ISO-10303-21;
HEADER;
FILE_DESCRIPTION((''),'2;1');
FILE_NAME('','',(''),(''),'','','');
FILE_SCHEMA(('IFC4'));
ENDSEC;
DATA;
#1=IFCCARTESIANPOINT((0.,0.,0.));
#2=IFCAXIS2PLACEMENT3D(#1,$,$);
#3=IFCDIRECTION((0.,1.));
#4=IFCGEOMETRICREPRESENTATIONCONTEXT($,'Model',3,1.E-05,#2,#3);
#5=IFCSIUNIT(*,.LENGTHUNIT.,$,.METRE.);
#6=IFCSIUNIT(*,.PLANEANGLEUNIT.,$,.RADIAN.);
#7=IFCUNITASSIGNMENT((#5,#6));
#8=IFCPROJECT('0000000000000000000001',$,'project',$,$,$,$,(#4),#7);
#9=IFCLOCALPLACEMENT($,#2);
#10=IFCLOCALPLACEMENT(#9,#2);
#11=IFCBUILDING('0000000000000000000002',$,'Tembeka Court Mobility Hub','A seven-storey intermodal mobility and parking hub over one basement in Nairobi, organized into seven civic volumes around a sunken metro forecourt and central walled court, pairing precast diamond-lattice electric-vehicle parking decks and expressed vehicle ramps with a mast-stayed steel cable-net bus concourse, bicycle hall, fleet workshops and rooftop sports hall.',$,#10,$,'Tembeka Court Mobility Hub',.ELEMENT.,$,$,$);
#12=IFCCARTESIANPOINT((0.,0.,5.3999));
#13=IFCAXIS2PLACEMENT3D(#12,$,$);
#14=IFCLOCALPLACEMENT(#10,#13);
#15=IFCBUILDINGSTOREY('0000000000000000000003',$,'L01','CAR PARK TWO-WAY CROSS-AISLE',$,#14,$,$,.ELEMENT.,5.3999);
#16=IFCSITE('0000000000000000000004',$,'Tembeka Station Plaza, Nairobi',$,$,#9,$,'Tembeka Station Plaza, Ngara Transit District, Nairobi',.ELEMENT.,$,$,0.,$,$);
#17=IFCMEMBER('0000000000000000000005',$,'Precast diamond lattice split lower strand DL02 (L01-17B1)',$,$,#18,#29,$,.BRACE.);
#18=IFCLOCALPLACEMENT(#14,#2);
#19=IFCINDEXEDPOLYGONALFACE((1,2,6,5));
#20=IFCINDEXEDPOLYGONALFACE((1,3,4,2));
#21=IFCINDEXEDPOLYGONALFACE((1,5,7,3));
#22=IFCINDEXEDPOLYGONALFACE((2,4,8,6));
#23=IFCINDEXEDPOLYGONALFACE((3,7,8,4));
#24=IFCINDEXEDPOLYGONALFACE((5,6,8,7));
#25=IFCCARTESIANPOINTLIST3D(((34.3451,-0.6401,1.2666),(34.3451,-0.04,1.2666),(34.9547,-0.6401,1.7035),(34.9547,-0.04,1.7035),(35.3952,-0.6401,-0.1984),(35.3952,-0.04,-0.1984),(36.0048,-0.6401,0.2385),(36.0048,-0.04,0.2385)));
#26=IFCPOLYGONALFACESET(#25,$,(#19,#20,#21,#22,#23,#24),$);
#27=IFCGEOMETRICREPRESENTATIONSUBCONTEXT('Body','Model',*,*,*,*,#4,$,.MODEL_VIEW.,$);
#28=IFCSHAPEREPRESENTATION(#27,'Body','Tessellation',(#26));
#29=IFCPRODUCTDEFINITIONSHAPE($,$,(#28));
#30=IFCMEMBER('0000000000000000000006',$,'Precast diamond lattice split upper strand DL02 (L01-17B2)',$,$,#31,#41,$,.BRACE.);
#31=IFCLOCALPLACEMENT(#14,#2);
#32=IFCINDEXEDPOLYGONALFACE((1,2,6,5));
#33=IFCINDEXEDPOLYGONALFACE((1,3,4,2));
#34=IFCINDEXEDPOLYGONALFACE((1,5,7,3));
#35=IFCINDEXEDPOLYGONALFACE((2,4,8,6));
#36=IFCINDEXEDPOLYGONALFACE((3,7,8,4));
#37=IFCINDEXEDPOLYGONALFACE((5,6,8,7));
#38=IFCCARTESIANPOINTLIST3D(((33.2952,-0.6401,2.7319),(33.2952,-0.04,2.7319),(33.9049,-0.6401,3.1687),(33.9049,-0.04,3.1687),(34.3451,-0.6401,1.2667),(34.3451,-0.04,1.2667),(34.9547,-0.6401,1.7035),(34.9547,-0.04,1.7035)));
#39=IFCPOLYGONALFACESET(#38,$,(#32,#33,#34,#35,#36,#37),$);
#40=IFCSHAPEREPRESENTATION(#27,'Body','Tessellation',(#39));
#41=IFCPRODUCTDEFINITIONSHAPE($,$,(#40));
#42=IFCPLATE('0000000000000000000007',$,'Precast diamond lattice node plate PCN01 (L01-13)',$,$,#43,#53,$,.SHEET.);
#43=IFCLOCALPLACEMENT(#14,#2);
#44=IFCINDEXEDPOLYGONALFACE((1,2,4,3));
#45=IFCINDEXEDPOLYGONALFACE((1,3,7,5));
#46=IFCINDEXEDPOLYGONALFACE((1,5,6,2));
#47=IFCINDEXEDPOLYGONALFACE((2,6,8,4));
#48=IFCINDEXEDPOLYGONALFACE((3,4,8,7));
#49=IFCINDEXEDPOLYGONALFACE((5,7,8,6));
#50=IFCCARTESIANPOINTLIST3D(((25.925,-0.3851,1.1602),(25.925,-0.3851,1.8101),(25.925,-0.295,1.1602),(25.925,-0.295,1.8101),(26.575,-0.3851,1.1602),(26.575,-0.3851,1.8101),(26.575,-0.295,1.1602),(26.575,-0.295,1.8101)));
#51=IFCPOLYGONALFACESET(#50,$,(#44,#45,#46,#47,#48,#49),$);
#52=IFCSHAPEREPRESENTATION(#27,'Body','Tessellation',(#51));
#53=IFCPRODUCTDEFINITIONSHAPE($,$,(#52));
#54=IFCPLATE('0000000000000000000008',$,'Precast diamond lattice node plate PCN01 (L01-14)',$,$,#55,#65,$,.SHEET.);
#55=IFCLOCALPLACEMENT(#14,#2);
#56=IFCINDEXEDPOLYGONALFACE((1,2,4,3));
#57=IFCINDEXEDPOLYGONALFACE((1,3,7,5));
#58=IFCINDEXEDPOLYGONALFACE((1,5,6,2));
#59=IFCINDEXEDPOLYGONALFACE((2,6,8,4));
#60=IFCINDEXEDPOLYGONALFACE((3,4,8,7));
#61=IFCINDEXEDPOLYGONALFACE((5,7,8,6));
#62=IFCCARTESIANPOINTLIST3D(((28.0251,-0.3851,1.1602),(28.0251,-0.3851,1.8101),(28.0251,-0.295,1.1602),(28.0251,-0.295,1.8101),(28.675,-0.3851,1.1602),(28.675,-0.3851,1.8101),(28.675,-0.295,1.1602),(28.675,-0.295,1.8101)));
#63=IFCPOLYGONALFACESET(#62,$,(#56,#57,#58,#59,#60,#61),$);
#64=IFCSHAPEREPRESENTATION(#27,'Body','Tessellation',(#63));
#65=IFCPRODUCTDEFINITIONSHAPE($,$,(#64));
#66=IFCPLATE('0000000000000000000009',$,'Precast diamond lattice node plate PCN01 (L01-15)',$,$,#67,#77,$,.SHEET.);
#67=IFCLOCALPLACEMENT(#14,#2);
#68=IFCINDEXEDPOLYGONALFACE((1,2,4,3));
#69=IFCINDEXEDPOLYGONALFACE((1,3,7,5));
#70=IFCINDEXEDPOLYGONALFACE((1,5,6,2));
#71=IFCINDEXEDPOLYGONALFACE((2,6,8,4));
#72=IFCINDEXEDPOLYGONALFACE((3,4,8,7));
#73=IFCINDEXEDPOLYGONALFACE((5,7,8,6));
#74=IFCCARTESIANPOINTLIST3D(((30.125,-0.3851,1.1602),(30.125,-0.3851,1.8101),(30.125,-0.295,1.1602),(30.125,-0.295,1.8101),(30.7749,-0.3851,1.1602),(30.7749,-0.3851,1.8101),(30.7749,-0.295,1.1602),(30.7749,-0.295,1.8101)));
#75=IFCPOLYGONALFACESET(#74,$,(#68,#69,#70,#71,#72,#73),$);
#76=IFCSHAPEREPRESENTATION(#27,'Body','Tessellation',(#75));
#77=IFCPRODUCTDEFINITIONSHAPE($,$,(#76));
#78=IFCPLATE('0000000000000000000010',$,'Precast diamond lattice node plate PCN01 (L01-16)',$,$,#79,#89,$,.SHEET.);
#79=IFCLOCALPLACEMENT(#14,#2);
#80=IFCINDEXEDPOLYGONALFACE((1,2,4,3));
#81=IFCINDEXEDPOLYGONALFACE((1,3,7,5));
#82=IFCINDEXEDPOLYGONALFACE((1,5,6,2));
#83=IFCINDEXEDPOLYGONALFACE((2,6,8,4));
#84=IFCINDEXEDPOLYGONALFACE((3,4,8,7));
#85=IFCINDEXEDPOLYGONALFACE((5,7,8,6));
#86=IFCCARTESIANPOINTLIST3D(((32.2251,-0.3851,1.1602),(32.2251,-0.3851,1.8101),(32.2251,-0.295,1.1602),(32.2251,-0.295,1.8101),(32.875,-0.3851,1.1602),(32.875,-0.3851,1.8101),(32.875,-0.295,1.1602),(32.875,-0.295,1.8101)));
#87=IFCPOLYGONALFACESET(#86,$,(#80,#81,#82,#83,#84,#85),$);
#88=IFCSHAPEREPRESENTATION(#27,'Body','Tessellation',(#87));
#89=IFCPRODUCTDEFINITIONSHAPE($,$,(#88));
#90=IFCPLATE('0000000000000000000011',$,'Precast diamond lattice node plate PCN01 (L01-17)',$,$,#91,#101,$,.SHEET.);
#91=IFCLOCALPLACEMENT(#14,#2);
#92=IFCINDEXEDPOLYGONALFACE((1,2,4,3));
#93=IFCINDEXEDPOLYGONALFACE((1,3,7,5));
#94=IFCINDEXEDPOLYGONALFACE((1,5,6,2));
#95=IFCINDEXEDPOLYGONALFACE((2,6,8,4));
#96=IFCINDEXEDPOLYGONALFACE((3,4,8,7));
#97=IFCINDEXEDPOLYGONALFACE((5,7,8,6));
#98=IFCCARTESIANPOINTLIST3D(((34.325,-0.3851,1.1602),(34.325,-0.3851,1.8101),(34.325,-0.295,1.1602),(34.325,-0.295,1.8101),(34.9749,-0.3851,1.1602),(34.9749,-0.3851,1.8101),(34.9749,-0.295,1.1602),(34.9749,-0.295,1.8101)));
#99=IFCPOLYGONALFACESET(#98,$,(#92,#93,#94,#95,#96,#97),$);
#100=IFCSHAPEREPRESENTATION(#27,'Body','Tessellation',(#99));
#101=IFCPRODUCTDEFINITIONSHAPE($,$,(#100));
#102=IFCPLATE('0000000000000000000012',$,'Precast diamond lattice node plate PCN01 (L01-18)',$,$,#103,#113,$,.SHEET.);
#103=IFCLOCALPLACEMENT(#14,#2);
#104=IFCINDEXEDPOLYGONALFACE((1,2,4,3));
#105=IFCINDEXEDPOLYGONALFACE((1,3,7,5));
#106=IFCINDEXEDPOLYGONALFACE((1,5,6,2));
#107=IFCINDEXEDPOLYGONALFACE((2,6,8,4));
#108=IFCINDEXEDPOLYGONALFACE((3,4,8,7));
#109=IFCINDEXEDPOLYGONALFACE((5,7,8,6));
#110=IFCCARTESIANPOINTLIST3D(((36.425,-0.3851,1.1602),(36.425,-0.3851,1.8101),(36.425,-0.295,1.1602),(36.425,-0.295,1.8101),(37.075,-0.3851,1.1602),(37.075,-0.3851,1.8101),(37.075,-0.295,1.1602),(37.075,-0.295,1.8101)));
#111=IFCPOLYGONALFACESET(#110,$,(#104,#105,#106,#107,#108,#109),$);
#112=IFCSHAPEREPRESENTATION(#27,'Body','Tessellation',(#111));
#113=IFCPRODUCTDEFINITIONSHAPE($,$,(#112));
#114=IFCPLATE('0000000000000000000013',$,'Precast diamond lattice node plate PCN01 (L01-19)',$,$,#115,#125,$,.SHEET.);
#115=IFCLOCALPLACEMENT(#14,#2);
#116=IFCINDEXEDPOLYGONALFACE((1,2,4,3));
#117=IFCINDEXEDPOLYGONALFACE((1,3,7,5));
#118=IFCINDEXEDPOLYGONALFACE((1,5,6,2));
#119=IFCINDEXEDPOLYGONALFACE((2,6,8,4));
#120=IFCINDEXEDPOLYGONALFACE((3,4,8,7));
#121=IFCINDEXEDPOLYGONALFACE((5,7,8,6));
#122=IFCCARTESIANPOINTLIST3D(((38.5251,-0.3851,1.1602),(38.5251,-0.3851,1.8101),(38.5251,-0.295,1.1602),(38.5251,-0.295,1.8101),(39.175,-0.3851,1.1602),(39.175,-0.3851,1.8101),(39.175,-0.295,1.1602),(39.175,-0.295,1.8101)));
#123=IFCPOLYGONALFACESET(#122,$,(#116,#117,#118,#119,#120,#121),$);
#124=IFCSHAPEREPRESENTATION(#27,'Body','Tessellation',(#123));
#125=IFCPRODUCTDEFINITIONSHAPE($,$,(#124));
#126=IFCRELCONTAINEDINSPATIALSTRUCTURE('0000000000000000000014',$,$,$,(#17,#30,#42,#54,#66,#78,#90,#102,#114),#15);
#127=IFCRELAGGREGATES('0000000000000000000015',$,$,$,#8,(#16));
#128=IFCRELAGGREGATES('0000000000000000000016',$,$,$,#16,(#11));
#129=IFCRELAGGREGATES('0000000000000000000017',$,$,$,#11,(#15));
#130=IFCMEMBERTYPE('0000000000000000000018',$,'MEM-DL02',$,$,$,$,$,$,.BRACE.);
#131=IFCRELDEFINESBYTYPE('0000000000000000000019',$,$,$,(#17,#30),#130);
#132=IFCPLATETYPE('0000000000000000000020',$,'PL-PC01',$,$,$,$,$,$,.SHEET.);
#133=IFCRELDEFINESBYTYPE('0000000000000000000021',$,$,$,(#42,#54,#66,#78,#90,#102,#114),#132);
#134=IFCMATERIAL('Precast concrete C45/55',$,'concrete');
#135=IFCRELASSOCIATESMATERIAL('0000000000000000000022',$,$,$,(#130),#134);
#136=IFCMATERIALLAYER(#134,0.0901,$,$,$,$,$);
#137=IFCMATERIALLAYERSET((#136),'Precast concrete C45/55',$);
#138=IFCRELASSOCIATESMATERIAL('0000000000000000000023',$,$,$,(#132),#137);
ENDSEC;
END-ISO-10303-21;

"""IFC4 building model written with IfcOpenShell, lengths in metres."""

from ifc_helpers import new_model, si_unit, direction, frame, origin, origin_2d, place, context, subcontext, project, spatial, rectangle, extrude, material, layer, layer_set, material_profile, profile_set, type_object, element, save


model = new_model("IFC4")

# Units and contexts
model_context = context("Model", 3, precision=1e-05, world=origin(), true_north=direction((0.0, 1.0)))
body_context = subcontext(model_context, "Body", "Model", "MODEL_VIEW")
ifc_project = project(units=[si_unit("LENGTHUNIT", "METRE"), si_unit("PLANEANGLEUNIT", "RADIAN")], contexts=[model_context])

# Site, building, storey
site_placement = place(None, origin())
site = spatial("IfcSite", under=ifc_project, at=site_placement, Name="Tembeka Station Plaza, Nairobi", LongName="Tembeka Station Plaza, Ngara Transit District, Nairobi", CompositionType="ELEMENT", RefElevation=0.0)
building_placement = place(site_placement, origin())
building = spatial("IfcBuilding", under=site, at=building_placement, Name="Tembeka Court Mobility Hub", Description="A seven-storey intermodal mobility and parking hub over one basement in Nairobi, organized into seven civic volumes around a sunken metro forecourt and central walled court, pairing precast diamond-lattice electric-vehicle parking decks and expressed vehicle ramps with a mast-stayed steel cable-net bus concourse, bicycle hall, fleet workshops and rooftop sports hall.", LongName="Tembeka Court Mobility Hub", CompositionType="ELEMENT")
storey_placement = place(building_placement, frame((0.0, 0.0, 5.3999)))
storey = spatial("IfcBuildingStorey", under=building, at=storey_placement, Name="L01", Description="CAR PARK TWO-WAY CROSS-AISLE", CompositionType="ELEMENT", Elevation=5.3999)

# Members
ifc_material = material(Name="Precast concrete C45/55", Category="concrete")
ifc_material_profile_1 = material_profile(ifc_material, rectangle(XDim=0.6001, YDim=0.75, at=origin_2d()), Name="PC-DIAG 600x750")
ifc_profile_set_1 = profile_set([ifc_material_profile_1], Name="Precast concrete C45/55")
member_type_1 = type_object("IfcMemberType", Name="MEM-DL02", PredefinedType="BRACE", material=ifc_profile_set_1)
for number, where, z_axis, x_axis, name in (
    (1, (35.7, -0.3401, 0.02), (-0.582544, 0.0, 0.812799), (0.0, -1.0, 0.0), "Precast diamond lattice split lower strand DL02 (L01-17B1)"),
    (2, (34.6499, -0.3401, 1.4851), (-0.582455, 0.0, 0.812863), (0.0, -1.0, 0.0), "Precast diamond lattice split upper strand DL02 (L01-17B2)"),
):
    element("IfcMember", number, at=place(storey_placement, frame(where, z_axis=z_axis, x_axis=x_axis)), inside=storey, type_object=member_type_1, Name=name, PredefinedType="BRACE", context=body_context, shape_type="SweptSolid", body=[
        extrude(rectangle(XDim=0.6001, YDim=0.75, at=origin_2d()), origin(), (0.0, 0.0, 1.0), 1.8025),
    ])

# Plates
ifc_layer = layer(ifc_material, 0.0901)
ifc_layer_set = layer_set([ifc_layer], Name="Precast concrete C45/55")
plate_type = type_object("IfcPlateType", Name="PL-PC01", PredefinedType="SHEET", material=ifc_layer_set)
for number, where, z_axis, x_axis, name in (
    (3, (26.25, -0.3401, 1.1602), (0.0, 0.0, 1.0), (1.0, 0.0, 0.0), "Precast diamond lattice node plate PCN01 (L01-13)"),
    (4, (28.3501, -0.3401, 1.1602), (0.0, 0.0, 1.0), (1.0, 0.0, 0.0), "Precast diamond lattice node plate PCN01 (L01-14)"),
    (5, (30.45, -0.3401, 1.1602), (0.0, 0.0, 1.0), (1.0, 0.0, 0.0), "Precast diamond lattice node plate PCN01 (L01-15)"),
    (6, (32.55, -0.3401, 1.1602), (0.0, 0.0, 1.0), (1.0, 0.0, 0.0), "Precast diamond lattice node plate PCN01 (L01-16)"),
    (7, (34.6499, -0.3401, 1.1602), (0.0, 0.0, 1.0), (1.0, 0.0, 0.0), "Precast diamond lattice node plate PCN01 (L01-17)"),
    (8, (36.75, -0.3401, 1.1602), (0.0, 0.0, 1.0), (1.0, 0.0, 0.0), "Precast diamond lattice node plate PCN01 (L01-18)"),
    (9, (38.8501, -0.3401, 1.1602), (0.0, 0.0, 1.0), (1.0, 0.0, 0.0), "Precast diamond lattice node plate PCN01 (L01-19)"),
):
    element("IfcPlate", number, at=place(storey_placement, frame(where, z_axis=z_axis, x_axis=x_axis)), inside=storey, type_object=plate_type, Name=name, PredefinedType="SHEET", context=body_context, shape_type="SweptSolid", body=[
        extrude(rectangle(XDim=0.6499, YDim=0.0901, at=origin_2d()), origin(), (0.0, 0.0, 1.0), 0.6499),
    ])

save(model, "model.ifc")
